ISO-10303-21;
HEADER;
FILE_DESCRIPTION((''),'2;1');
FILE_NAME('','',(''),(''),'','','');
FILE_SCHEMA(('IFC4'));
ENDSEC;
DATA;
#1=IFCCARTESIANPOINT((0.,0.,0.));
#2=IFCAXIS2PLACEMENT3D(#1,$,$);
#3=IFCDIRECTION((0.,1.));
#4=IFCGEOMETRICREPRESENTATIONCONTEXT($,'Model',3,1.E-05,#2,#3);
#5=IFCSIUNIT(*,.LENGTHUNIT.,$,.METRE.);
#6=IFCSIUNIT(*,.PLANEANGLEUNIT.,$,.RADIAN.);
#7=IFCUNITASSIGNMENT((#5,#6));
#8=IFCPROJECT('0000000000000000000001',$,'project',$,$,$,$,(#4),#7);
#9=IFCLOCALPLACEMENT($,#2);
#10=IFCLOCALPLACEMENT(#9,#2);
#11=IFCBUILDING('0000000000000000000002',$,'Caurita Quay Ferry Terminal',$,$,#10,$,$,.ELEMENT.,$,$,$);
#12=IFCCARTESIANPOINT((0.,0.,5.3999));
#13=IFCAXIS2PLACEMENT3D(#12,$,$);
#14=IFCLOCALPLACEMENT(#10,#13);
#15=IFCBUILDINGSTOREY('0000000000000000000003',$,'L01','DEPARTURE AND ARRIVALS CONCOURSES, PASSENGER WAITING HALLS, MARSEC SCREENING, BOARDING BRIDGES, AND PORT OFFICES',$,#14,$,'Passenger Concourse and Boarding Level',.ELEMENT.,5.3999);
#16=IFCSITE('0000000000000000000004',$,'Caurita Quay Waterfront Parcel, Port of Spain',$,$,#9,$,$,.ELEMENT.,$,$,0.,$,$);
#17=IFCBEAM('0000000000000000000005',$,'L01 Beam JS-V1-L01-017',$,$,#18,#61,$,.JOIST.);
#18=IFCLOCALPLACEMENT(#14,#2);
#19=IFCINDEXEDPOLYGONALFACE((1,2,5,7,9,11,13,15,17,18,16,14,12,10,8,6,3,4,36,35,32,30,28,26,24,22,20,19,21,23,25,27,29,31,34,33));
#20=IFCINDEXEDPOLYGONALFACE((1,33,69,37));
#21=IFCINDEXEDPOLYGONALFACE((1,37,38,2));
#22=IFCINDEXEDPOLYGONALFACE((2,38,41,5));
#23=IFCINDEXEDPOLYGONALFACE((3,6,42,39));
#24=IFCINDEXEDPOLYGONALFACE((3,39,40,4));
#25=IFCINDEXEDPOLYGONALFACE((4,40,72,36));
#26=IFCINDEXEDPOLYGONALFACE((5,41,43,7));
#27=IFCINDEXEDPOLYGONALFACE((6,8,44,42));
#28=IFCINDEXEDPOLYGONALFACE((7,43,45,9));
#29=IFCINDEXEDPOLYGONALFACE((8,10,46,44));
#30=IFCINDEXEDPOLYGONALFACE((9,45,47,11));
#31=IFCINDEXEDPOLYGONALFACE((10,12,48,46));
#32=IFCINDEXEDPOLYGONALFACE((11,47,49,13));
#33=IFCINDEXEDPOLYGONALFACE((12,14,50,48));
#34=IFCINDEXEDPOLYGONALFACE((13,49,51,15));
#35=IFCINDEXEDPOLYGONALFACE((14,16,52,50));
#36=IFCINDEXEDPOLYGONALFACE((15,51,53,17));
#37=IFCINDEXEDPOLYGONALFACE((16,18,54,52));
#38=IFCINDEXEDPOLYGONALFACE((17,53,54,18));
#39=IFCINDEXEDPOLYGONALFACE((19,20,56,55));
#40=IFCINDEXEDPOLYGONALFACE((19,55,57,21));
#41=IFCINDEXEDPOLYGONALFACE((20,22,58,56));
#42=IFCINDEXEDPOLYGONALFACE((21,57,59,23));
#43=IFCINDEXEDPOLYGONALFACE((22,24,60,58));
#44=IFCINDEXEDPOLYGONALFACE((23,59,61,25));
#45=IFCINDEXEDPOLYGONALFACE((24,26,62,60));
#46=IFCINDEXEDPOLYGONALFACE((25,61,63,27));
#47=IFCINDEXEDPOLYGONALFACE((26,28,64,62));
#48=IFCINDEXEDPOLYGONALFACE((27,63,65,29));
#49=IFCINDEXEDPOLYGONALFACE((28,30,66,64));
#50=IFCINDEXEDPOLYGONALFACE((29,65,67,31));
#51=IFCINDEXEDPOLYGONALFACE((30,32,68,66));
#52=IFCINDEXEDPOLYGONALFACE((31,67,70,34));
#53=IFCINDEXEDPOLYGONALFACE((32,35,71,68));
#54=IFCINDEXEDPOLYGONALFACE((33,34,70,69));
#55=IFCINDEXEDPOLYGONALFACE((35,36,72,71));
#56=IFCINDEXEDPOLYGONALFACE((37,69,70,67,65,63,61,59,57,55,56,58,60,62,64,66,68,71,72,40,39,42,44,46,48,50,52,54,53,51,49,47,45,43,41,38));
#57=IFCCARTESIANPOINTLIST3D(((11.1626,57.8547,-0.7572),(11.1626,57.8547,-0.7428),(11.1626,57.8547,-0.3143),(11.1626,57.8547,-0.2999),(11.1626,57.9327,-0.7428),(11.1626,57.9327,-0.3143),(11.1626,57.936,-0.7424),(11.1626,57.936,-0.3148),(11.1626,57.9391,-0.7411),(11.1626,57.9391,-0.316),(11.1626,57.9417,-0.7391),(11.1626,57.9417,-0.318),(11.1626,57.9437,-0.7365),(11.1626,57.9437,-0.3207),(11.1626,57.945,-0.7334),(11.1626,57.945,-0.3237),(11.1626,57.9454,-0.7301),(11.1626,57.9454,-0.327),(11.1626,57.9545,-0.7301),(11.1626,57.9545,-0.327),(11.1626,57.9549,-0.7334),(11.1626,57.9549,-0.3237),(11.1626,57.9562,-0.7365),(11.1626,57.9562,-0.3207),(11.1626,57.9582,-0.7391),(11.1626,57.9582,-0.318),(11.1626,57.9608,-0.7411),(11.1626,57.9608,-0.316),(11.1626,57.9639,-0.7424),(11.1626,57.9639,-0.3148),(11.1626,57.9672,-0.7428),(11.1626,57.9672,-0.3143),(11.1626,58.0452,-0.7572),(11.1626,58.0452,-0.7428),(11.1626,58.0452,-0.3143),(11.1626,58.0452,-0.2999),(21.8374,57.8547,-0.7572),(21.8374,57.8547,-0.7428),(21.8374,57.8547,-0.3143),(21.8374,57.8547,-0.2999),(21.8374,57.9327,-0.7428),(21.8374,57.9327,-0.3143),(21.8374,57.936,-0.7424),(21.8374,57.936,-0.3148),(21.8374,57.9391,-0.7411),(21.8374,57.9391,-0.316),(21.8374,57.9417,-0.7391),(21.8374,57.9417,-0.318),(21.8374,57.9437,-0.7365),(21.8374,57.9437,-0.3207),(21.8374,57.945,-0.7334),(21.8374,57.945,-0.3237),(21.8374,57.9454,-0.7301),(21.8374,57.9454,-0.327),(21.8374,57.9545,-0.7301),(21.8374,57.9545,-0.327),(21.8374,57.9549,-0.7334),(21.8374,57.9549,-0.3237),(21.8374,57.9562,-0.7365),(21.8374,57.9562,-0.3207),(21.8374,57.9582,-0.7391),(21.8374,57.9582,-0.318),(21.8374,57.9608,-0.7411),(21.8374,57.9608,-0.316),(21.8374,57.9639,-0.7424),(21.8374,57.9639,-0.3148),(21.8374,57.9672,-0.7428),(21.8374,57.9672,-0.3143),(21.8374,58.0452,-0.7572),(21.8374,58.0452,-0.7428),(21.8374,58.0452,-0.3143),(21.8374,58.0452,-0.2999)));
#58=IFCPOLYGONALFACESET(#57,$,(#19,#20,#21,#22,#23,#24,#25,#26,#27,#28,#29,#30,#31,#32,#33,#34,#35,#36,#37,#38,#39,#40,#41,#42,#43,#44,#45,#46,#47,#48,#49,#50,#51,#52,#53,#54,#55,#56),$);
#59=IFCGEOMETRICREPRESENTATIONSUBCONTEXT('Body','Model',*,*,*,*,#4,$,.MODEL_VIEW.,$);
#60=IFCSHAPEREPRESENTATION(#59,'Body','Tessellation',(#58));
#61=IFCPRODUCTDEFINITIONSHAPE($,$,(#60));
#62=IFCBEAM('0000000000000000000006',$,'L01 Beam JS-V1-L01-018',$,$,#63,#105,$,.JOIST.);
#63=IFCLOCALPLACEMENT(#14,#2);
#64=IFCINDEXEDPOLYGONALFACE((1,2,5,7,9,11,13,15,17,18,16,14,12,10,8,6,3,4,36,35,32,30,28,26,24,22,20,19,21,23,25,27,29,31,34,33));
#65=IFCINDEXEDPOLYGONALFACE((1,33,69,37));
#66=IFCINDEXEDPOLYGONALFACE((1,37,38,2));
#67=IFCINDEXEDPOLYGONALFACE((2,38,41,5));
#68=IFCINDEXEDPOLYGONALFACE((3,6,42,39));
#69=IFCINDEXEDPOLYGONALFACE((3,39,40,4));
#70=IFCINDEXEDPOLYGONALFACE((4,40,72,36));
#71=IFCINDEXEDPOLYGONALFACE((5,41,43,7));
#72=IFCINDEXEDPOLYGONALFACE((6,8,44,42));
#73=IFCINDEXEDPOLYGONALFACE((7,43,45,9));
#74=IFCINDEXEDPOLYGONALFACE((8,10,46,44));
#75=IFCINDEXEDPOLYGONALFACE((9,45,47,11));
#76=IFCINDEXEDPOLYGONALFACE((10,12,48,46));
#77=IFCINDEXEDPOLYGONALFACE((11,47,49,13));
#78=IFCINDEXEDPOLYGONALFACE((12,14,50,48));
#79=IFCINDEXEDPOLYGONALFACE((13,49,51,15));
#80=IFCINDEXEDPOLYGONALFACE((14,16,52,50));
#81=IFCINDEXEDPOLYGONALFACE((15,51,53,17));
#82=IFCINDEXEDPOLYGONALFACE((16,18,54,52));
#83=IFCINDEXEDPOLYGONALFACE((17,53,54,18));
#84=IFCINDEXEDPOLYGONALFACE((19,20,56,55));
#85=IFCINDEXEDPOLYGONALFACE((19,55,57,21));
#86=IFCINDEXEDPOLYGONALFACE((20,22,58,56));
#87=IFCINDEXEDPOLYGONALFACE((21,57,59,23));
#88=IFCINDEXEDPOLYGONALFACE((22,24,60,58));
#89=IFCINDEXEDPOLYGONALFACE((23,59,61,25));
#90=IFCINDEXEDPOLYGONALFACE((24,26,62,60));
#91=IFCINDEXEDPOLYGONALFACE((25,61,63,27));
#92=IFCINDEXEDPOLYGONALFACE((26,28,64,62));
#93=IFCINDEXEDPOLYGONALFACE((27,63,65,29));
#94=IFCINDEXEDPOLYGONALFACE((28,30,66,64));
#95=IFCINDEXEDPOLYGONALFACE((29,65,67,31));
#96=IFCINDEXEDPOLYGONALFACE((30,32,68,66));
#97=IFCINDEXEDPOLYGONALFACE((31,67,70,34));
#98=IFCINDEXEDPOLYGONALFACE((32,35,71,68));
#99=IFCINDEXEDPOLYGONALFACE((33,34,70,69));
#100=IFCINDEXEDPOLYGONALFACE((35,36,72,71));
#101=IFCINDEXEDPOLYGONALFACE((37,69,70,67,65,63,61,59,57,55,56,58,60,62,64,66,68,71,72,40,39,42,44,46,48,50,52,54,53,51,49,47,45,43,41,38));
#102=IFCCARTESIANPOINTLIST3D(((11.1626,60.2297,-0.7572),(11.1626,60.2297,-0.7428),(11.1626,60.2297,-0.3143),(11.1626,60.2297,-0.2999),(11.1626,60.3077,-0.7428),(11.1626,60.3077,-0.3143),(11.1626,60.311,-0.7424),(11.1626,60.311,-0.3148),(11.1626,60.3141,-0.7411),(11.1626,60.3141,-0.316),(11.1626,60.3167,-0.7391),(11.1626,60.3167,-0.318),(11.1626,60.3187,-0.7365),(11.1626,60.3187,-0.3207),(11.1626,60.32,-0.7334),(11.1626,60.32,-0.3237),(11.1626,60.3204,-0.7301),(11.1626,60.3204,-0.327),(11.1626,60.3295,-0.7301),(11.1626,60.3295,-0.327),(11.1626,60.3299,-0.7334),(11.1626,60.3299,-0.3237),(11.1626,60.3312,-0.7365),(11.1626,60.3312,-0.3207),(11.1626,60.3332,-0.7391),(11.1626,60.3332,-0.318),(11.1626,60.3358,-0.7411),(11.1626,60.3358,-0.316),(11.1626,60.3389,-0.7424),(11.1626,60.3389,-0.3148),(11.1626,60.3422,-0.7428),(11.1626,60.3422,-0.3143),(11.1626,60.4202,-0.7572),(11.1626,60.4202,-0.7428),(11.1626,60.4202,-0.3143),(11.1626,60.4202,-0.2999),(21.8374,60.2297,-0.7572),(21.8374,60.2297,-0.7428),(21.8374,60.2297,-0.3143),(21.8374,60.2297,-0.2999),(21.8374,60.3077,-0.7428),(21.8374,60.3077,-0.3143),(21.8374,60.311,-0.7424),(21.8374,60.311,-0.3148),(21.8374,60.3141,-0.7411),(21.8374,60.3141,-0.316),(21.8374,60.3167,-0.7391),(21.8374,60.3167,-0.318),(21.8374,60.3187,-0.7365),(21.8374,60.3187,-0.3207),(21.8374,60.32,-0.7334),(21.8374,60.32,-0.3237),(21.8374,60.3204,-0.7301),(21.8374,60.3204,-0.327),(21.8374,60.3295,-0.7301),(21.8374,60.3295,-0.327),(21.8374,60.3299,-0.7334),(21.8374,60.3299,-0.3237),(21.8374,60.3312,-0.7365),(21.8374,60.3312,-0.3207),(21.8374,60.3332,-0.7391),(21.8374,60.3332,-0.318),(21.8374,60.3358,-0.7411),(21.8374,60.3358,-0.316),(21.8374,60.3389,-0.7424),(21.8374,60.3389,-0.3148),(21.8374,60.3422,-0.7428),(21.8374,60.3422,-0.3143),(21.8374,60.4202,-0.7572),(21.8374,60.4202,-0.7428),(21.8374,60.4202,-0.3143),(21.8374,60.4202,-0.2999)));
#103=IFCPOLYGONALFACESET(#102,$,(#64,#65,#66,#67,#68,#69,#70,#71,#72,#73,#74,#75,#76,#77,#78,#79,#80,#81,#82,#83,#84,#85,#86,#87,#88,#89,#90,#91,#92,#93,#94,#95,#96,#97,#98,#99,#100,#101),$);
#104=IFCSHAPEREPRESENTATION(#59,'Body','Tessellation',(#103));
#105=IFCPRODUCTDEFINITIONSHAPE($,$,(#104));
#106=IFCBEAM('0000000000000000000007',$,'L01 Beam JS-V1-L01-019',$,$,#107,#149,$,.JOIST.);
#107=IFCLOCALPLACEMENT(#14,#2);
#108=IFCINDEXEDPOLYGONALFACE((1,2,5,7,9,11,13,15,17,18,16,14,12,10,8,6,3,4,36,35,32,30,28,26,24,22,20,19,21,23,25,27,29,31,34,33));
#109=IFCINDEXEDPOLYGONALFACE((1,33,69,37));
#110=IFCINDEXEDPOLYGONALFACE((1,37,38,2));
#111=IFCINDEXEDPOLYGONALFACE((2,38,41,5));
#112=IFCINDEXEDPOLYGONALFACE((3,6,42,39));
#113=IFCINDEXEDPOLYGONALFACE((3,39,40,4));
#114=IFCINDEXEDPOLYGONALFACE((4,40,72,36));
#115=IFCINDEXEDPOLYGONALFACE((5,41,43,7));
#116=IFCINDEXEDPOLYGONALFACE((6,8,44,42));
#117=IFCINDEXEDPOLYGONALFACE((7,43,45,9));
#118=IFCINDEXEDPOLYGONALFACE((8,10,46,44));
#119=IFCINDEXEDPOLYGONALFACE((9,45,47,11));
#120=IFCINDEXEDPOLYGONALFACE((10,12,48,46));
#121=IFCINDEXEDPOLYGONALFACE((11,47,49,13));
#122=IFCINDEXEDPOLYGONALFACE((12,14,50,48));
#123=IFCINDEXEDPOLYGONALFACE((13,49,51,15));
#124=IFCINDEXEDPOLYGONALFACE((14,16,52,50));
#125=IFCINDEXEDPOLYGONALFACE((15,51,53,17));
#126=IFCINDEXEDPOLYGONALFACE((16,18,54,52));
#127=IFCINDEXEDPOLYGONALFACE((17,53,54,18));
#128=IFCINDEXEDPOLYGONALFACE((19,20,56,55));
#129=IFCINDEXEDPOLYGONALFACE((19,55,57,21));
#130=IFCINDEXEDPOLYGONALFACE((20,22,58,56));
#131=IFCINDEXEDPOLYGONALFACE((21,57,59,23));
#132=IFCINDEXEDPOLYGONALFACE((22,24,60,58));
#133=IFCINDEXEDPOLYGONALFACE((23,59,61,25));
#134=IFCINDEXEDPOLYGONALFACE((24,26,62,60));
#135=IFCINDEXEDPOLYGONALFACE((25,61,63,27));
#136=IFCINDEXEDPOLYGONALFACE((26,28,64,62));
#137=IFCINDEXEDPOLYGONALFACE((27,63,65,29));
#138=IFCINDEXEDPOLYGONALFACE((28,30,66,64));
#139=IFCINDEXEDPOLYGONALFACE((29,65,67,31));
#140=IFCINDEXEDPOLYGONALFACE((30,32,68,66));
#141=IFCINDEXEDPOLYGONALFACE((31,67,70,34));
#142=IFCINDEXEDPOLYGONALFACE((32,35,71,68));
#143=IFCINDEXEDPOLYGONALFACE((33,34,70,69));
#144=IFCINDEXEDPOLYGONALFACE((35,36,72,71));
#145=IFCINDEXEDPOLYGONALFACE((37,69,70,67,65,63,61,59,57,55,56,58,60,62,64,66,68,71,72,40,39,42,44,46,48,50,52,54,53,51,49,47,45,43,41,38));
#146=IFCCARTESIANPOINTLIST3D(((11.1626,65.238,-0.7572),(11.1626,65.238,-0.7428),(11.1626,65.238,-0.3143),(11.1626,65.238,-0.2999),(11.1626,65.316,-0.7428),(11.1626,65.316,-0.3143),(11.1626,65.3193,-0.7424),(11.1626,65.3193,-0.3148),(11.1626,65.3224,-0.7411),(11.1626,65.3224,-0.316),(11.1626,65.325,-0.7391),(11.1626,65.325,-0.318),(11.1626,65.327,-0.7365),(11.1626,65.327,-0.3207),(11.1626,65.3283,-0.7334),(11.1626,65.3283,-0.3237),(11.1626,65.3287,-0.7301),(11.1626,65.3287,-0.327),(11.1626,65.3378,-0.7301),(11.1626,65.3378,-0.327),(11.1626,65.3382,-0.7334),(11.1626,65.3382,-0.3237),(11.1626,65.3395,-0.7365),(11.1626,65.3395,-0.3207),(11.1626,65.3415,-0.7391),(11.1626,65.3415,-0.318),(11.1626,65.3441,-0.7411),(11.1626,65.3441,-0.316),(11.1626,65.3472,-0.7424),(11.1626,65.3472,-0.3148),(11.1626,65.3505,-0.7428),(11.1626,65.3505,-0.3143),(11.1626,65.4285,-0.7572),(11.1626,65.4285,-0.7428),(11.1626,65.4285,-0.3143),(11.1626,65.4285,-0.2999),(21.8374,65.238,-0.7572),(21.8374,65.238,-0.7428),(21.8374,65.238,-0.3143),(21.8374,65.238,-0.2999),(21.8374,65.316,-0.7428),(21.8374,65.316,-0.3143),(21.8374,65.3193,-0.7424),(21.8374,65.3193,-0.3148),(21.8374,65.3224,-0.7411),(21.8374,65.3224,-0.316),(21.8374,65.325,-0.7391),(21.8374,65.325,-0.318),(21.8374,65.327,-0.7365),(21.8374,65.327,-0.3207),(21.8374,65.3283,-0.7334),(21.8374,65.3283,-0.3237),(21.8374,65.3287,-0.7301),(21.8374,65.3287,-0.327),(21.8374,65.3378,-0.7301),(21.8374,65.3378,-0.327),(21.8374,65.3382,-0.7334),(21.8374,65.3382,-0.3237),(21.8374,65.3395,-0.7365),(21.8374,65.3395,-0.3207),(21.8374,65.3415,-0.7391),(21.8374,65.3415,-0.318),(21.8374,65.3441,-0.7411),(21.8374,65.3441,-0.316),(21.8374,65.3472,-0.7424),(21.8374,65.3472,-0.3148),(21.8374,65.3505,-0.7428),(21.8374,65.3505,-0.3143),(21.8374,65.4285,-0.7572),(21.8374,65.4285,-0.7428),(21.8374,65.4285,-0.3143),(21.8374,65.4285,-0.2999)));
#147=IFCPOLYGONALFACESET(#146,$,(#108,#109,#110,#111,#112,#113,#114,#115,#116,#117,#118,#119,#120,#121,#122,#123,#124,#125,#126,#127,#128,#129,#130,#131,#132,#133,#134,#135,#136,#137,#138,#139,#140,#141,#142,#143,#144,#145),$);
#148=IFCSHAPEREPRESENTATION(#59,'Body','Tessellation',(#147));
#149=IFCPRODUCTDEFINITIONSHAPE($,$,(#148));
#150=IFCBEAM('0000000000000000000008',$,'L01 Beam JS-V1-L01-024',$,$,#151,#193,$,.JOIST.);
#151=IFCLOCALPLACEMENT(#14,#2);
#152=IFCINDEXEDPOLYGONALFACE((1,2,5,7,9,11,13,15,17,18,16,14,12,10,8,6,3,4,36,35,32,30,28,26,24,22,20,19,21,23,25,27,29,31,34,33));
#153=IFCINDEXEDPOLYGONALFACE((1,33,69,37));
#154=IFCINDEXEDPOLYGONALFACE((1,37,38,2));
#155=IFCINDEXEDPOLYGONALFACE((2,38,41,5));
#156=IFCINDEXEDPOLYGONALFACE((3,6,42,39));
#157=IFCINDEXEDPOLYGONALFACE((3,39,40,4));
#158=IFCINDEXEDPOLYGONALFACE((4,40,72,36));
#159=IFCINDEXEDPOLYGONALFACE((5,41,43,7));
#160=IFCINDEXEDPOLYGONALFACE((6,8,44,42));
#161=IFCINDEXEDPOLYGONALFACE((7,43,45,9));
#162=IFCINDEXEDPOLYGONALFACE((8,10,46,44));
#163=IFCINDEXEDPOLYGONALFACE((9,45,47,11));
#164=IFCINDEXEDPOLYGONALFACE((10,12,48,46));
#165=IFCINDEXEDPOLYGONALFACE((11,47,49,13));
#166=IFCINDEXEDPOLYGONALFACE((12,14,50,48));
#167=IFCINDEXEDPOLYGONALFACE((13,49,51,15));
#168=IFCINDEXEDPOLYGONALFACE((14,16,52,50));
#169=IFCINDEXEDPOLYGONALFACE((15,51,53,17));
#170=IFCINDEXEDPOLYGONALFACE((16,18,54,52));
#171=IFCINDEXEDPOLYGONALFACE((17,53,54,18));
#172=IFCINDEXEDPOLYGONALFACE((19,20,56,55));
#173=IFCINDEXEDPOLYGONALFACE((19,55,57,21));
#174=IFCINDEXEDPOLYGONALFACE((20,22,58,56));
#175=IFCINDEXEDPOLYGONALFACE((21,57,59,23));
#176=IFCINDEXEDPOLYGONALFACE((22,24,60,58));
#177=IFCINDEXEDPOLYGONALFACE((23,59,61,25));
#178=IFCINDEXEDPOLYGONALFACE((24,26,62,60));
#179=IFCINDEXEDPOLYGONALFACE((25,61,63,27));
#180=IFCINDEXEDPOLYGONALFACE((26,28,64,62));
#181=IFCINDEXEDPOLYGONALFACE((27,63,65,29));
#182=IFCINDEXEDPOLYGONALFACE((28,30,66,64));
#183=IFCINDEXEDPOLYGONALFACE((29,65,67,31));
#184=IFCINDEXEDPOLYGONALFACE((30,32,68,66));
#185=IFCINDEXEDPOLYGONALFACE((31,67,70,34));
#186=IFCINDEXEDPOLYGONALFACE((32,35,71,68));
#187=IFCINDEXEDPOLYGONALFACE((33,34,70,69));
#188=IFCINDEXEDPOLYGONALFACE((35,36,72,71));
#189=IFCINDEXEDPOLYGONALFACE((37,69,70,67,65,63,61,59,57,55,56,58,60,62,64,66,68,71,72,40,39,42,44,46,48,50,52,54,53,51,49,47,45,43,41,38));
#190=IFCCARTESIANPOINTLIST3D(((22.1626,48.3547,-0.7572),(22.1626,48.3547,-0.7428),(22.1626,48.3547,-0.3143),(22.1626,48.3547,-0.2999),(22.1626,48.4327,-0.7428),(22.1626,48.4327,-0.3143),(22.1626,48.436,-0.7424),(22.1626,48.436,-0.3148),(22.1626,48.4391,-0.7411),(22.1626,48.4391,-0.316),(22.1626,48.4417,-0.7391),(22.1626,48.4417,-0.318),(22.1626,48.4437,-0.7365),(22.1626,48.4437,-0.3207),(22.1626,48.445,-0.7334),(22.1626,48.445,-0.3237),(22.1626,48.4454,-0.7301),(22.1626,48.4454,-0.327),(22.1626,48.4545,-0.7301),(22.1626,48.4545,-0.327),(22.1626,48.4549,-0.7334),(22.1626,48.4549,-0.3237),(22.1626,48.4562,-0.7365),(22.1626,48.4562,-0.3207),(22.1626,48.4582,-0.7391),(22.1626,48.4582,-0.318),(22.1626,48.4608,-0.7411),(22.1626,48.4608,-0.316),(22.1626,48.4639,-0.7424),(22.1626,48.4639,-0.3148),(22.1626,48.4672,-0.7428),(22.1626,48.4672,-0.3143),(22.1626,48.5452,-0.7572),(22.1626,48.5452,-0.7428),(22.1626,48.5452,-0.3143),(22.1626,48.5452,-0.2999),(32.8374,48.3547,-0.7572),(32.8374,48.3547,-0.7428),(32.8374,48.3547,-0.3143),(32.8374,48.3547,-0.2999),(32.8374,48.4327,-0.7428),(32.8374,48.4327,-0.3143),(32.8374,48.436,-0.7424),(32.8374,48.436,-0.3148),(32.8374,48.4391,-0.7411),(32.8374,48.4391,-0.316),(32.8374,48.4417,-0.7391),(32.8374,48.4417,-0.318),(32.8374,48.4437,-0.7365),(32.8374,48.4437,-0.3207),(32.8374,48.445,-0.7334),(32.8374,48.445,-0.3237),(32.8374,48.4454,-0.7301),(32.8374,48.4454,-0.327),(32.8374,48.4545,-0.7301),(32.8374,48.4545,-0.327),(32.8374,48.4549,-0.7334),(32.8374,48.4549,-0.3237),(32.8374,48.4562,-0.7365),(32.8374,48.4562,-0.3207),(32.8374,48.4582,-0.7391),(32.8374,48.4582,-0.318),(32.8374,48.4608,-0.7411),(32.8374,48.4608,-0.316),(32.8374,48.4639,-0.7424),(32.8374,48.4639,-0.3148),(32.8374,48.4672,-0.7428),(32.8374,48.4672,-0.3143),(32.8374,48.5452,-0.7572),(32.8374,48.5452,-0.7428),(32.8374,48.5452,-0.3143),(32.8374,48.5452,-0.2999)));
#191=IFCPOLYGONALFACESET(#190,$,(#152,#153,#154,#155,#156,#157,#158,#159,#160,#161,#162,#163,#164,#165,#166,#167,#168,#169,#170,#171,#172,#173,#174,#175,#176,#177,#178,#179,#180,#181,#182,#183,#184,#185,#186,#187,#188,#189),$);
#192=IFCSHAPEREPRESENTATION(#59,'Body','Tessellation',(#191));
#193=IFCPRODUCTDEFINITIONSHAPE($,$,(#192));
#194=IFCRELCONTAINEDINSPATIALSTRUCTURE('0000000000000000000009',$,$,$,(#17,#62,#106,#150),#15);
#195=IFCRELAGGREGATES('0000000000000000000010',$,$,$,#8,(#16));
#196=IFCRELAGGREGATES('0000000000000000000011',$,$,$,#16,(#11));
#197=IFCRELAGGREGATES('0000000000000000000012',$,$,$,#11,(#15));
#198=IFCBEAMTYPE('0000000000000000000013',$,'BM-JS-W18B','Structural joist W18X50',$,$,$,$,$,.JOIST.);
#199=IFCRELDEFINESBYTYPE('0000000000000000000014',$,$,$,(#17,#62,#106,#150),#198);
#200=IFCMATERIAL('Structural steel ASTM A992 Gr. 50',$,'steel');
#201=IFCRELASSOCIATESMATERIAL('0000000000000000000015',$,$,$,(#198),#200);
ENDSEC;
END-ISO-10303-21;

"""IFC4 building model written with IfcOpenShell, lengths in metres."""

from ifc_helpers import new_model, si_unit, direction, frame, origin, origin_2d, place, context, subcontext, project, spatial, i_section, extrude, material, material_profile, profile_set, type_object, element, save


model = new_model("IFC4")

# Units and contexts
model_context = context("Model", 3, precision=1e-05, world=origin(), true_north=direction((0.0, 1.0)))
body_context = subcontext(model_context, "Body", "Model", "MODEL_VIEW")
ifc_project = project(units=[si_unit("LENGTHUNIT", "METRE"), si_unit("PLANEANGLEUNIT", "RADIAN")], contexts=[model_context])

# Site, building, storey
site_placement = place(None, origin())
site = spatial("IfcSite", under=ifc_project, at=site_placement, Name="Caurita Quay Waterfront Parcel, Port of Spain", CompositionType="ELEMENT", RefElevation=0.0)
building_placement = place(site_placement, origin())
building = spatial("IfcBuilding", under=site, at=building_placement, Name="Caurita Quay Ferry Terminal", CompositionType="ELEMENT")
storey_placement = place(building_placement, frame((0.0, 0.0, 5.3999)))
storey = spatial("IfcBuildingStorey", under=building, at=storey_placement, Name="L01", Description="DEPARTURE AND ARRIVALS CONCOURSES, PASSENGER WAITING HALLS, MARSEC SCREENING, BOARDING BRIDGES, AND PORT OFFICES", LongName="Passenger Concourse and Boarding Level", CompositionType="ELEMENT", Elevation=5.3999)

# Beams
ifc_material_1 = material(Name="Structural steel ASTM A992 Gr. 50", Category="steel")
ifc_material_profile_1 = material_profile(ifc_material_1, i_section(OverallWidth=0.1904, OverallDepth=0.4573, WebThickness=0.009, FlangeThickness=0.0144, FilletRadius=0.0127, at=origin_2d()), Name="W18X50")
ifc_profile_set_1 = profile_set([ifc_material_profile_1], Name="Structural steel ASTM A992 Gr. 50")
beam_type_1 = type_object("IfcBeamType", Name="BM-JS-W18B", Description="Structural joist W18X50", PredefinedType="JOIST", material=ifc_profile_set_1)
for number, where, z_axis, x_axis, name in (
    (1, (11.1626, 57.95, -0.5286), (1.0, 0.0, 0.0), (0.0, 1.0, 0.0), "L01 Beam JS-V1-L01-017"),
    (2, (11.1626, 60.325, -0.5286), (1.0, 0.0, 0.0), (0.0, 1.0, 0.0), "L01 Beam JS-V1-L01-018"),
    (3, (11.1626, 65.3333, -0.5286), (1.0, 0.0, 0.0), (0.0, 1.0, 0.0), "L01 Beam JS-V1-L01-019"),
    (4, (22.1626, 48.45, -0.5286), (1.0, 0.0, 0.0), (0.0, 1.0, 0.0), "L01 Beam JS-V1-L01-024"),
):
    element("IfcBeam", number, at=place(storey_placement, frame(where, z_axis=z_axis, x_axis=x_axis)), inside=storey, type_object=beam_type_1, Name=name, PredefinedType="JOIST", context=body_context, shape_type="SweptSolid", body=[
        extrude(i_section(OverallWidth=0.1904, OverallDepth=0.4573, WebThickness=0.009, FlangeThickness=0.0144, FilletRadius=0.0127, at=origin_2d()), origin(), (0.0, 0.0, 1.0), 10.6748),
    ])

save(model, "model.ifc")
